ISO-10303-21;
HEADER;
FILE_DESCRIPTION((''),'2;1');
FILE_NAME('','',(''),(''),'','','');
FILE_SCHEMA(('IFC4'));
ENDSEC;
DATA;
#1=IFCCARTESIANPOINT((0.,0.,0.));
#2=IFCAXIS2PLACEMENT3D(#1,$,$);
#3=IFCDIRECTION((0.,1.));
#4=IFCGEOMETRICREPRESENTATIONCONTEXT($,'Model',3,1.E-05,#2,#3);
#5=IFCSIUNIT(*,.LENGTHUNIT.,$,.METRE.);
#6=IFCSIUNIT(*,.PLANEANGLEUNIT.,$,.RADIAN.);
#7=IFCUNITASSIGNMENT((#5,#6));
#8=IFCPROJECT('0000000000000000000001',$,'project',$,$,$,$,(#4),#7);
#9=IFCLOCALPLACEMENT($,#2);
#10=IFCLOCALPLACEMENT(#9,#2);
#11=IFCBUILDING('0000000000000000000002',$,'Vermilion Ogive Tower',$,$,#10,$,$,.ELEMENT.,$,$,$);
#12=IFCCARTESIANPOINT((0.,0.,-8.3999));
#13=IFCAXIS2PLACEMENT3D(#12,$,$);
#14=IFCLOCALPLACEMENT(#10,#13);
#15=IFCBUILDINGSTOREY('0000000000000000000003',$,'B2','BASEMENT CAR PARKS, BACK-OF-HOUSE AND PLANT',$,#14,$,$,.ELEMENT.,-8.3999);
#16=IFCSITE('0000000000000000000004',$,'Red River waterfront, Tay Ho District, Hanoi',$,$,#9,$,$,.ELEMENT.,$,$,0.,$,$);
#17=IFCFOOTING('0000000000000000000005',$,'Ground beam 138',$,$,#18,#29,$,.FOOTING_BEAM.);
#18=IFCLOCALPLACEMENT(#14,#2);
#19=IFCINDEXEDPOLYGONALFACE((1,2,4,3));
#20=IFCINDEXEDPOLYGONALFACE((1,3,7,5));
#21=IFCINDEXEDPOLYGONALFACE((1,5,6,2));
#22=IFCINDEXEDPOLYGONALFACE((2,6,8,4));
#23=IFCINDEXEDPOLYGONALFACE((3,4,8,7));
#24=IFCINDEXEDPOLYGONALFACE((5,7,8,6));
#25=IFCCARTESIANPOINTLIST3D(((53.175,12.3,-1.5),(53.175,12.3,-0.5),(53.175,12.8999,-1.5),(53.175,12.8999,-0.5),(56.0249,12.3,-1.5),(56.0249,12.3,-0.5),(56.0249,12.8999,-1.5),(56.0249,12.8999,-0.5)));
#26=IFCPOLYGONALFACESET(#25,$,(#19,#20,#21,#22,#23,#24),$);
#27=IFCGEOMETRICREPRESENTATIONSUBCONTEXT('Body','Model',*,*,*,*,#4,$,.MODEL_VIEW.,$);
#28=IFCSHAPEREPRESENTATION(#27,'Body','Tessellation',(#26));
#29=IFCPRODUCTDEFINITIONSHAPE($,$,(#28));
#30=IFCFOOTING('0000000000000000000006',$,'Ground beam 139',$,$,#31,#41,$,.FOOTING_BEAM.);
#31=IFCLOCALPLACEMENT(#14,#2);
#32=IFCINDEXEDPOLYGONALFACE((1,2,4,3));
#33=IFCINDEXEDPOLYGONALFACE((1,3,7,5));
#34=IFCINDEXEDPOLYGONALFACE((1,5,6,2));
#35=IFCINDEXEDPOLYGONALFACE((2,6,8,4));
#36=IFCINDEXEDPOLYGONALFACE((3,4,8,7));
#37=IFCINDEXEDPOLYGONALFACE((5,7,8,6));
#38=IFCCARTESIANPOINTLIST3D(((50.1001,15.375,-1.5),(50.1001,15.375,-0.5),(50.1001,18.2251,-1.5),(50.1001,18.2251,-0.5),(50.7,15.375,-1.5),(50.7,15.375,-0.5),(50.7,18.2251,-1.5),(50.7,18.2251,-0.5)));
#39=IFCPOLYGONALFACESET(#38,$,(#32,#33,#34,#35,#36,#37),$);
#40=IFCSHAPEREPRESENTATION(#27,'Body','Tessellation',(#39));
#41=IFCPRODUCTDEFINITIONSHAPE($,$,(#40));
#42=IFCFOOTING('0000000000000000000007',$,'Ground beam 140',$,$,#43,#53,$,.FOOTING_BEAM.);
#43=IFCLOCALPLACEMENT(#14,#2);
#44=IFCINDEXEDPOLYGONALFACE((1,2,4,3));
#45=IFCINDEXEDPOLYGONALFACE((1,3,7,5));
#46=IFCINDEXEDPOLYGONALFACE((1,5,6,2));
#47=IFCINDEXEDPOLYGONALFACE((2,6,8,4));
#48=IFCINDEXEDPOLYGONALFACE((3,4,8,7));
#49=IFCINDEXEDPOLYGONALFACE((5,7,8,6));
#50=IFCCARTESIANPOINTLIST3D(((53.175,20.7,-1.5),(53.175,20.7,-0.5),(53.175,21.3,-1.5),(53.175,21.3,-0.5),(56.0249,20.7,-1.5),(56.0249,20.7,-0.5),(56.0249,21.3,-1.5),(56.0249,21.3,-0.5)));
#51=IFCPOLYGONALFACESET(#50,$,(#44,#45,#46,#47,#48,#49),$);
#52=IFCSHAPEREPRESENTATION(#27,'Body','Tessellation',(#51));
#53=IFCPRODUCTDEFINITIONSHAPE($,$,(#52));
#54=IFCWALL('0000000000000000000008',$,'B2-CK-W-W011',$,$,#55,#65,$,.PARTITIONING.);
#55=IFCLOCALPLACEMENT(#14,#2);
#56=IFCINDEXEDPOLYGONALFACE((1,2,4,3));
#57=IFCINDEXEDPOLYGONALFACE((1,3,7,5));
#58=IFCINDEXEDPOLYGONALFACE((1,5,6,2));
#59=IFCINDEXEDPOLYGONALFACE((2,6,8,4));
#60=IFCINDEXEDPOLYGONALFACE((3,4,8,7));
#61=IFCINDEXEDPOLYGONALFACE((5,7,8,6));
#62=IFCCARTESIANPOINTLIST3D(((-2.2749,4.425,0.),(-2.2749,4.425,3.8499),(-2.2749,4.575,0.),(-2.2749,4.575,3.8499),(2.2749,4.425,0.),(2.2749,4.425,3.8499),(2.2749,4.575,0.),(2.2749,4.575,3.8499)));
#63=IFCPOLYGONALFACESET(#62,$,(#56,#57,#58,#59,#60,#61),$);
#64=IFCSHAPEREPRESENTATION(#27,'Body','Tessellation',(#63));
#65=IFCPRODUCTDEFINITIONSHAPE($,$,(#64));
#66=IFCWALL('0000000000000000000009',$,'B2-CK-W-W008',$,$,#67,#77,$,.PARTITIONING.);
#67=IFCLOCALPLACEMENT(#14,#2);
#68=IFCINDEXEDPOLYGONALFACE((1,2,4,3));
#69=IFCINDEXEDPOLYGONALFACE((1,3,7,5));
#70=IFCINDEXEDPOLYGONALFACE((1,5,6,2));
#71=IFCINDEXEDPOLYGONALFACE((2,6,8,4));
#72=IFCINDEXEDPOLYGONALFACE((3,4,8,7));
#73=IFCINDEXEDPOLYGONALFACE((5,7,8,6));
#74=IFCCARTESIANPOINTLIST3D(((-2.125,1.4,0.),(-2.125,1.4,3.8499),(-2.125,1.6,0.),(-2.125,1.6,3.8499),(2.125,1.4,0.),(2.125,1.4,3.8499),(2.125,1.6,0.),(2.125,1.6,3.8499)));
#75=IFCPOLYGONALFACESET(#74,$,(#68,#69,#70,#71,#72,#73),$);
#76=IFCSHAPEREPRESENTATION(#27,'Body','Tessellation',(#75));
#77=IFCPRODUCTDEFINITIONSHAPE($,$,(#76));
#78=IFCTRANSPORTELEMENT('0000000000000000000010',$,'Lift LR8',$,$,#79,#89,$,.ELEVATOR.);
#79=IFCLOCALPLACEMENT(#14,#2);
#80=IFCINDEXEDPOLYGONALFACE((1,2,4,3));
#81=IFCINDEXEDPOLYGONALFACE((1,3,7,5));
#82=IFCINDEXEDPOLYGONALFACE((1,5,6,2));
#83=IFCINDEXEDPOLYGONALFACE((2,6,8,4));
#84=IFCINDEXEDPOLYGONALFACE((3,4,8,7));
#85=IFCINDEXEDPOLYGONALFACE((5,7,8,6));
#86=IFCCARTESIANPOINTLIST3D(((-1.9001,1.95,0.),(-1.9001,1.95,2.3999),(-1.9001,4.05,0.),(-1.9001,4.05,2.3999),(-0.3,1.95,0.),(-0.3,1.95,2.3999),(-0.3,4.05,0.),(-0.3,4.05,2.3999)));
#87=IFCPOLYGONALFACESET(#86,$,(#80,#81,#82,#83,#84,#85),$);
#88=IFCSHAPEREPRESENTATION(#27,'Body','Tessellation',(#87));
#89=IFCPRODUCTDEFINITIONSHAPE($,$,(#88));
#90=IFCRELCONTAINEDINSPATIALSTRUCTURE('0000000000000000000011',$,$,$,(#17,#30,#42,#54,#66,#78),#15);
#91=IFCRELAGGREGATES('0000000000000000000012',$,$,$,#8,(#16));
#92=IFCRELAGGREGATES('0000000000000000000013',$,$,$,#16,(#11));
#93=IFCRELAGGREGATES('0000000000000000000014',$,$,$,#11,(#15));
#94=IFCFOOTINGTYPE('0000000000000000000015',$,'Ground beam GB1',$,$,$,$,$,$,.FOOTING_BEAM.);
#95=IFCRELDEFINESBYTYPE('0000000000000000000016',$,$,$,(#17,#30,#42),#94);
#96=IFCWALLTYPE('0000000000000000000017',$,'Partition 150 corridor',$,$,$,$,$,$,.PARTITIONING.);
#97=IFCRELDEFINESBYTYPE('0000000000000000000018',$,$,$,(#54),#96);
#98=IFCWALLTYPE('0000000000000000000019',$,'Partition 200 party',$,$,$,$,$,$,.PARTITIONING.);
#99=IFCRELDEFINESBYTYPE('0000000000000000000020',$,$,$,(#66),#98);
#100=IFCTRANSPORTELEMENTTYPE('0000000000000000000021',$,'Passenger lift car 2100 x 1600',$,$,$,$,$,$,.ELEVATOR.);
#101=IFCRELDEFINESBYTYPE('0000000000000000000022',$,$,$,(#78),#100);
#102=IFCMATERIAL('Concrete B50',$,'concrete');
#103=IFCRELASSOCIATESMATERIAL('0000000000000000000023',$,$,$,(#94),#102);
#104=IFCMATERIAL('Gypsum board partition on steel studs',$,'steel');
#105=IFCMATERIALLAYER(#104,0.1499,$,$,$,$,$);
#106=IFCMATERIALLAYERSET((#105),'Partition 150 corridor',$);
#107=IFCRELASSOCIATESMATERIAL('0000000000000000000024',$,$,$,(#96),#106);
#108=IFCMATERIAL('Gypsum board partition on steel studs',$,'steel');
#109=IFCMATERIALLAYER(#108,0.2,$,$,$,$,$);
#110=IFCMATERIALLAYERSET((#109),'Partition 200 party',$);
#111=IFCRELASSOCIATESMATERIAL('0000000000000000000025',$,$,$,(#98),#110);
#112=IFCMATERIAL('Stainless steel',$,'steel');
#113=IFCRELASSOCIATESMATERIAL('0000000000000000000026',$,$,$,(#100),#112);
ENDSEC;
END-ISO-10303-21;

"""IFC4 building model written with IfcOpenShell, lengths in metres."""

from ifc_helpers import new_model, si_unit, direction, frame, frame_2d, origin, origin_2d, place, context, subcontext, project, spatial, polyline, rectangle, outline, extrude, material, layer, layer_set, type_object, element, save


model = new_model("IFC4")

# Units and contexts
model_context = context("Model", 3, precision=1e-05, world=origin(), true_north=direction((0.0, 1.0)))
body_context = subcontext(model_context, "Body", "Model", "MODEL_VIEW")
ifc_project = project(units=[si_unit("LENGTHUNIT", "METRE"), si_unit("PLANEANGLEUNIT", "RADIAN")], contexts=[model_context])

# Site, building, storey
site_placement = place(None, origin())
site = spatial("IfcSite", under=ifc_project, at=site_placement, Name="Red River waterfront, Tay Ho District, Hanoi", CompositionType="ELEMENT", RefElevation=0.0)
building_placement = place(site_placement, origin())
building = spatial("IfcBuilding", under=site, at=building_placement, Name="Vermilion Ogive Tower", CompositionType="ELEMENT")
storey_placement = place(building_placement, frame((0.0, 0.0, -8.3999)))
storey = spatial("IfcBuildingStorey", under=building, at=storey_placement, Name="B2", Description="BASEMENT CAR PARKS, BACK-OF-HOUSE AND PLANT", CompositionType="ELEMENT", Elevation=-8.3999)

# Footings
ifc_material_1 = material(Name="Concrete B50", Category="concrete")
footing_type = type_object("IfcFootingType", Name="Ground beam GB1", PredefinedType="FOOTING_BEAM", material=ifc_material_1)
footing_1_placement = place(storey_placement, frame((0.0, 0.0, -1.5)))
element("IfcFooting", 1, at=footing_1_placement, inside=storey, type_object=footing_type, Name="Ground beam 138", PredefinedType="FOOTING_BEAM", context=body_context, shape_type="SweptSolid", body=[
    extrude(outline(polyline([(56.0249, 12.3), (56.0249, 12.8999), (53.175, 12.8999), (53.175, 12.3), (56.0249, 12.3)])), origin(), (0.0, 0.0, 1.0), 1.0),
])
footing_2_placement = place(storey_placement, frame((0.0, 0.0, -1.5)))
element("IfcFooting", 2, at=footing_2_placement, inside=storey, type_object=footing_type, Name="Ground beam 139", PredefinedType="FOOTING_BEAM", context=body_context, shape_type="SweptSolid", body=[
    extrude(outline(polyline([(50.7, 15.375), (50.7, 18.2251), (50.1001, 18.2251), (50.1001, 15.375), (50.7, 15.375)])), origin(), (0.0, 0.0, 1.0), 1.0),
])
footing_3_placement = place(storey_placement, frame((0.0, 0.0, -1.5)))
element("IfcFooting", 3, at=footing_3_placement, inside=storey, type_object=footing_type, Name="Ground beam 140", PredefinedType="FOOTING_BEAM", context=body_context, shape_type="SweptSolid", body=[
    extrude(outline(polyline([(56.0249, 20.7), (56.0249, 21.3), (53.175, 21.3), (53.175, 20.7), (56.0249, 20.7)])), origin(), (0.0, 0.0, 1.0), 1.0),
])

# Walls
ifc_material_2 = material(Name="Gypsum board partition on steel studs", Category="steel")
ifc_layer_1 = layer(ifc_material_2, 0.1499)
ifc_layer_set_1 = layer_set([ifc_layer_1], Name="Partition 150 corridor")
wall_type_1 = type_object("IfcWallType", Name="Partition 150 corridor", PredefinedType="PARTITIONING", material=ifc_layer_set_1)
wall_1_placement = place(storey_placement, frame((-2.2749, 4.5, 0.0), z_axis=(0.0, 0.0, 1.0), x_axis=(1.0, 0.0, 0.0)))
element("IfcWall", 4, at=wall_1_placement, inside=storey, type_object=wall_type_1, Name="B2-CK-W-W011", PredefinedType="PARTITIONING", context=body_context, shape_type="SweptSolid", body=[
    extrude(rectangle(XDim=4.5498, YDim=0.1499, at=frame_2d((2.2749, 0.0))), origin(), (0.0, 0.0, 1.0), 3.8499),
])
ifc_material_3 = material(Name="Gypsum board partition on steel studs", Category="steel")
ifc_layer_2 = layer(ifc_material_3, 0.2)
ifc_layer_set_2 = layer_set([ifc_layer_2], Name="Partition 200 party")
wall_type_2 = type_object("IfcWallType", Name="Partition 200 party", PredefinedType="PARTITIONING", material=ifc_layer_set_2)
wall_2_placement = place(storey_placement, frame((-2.125, 1.5, 0.0), z_axis=(0.0, 0.0, 1.0), x_axis=(1.0, 0.0, 0.0)))
element("IfcWall", 5, at=wall_2_placement, inside=storey, type_object=wall_type_2, Name="B2-CK-W-W008", PredefinedType="PARTITIONING", context=body_context, shape_type="SweptSolid", body=[
    extrude(rectangle(XDim=4.25, YDim=0.2, at=frame_2d((2.125, 0.0))), origin(), (0.0, 0.0, 1.0), 3.8499),
])

# Transport element
ifc_material_4 = material(Name="Stainless steel", Category="steel")
transport_element_type = type_object("IfcTransportElementType", Name="Passenger lift car 2100 x 1600", PredefinedType="ELEVATOR", material=ifc_material_4)
transport_element_placement = place(storey_placement, frame((-1.1001, 3.0, 0.0), z_axis=(0.0, 0.0, 1.0), x_axis=(1.0, 0.0, 0.0)))
element("IfcTransportElement", 6, at=transport_element_placement, inside=storey, type_object=transport_element_type, Name="Lift LR8", PredefinedType="ELEVATOR", context=body_context, shape_type="SweptSolid", body=[
    extrude(rectangle(XDim=1.6001, YDim=2.1001, at=origin_2d()), origin(), (0.0, 0.0, 1.0), 2.3999),
])

save(model, "model.ifc")
